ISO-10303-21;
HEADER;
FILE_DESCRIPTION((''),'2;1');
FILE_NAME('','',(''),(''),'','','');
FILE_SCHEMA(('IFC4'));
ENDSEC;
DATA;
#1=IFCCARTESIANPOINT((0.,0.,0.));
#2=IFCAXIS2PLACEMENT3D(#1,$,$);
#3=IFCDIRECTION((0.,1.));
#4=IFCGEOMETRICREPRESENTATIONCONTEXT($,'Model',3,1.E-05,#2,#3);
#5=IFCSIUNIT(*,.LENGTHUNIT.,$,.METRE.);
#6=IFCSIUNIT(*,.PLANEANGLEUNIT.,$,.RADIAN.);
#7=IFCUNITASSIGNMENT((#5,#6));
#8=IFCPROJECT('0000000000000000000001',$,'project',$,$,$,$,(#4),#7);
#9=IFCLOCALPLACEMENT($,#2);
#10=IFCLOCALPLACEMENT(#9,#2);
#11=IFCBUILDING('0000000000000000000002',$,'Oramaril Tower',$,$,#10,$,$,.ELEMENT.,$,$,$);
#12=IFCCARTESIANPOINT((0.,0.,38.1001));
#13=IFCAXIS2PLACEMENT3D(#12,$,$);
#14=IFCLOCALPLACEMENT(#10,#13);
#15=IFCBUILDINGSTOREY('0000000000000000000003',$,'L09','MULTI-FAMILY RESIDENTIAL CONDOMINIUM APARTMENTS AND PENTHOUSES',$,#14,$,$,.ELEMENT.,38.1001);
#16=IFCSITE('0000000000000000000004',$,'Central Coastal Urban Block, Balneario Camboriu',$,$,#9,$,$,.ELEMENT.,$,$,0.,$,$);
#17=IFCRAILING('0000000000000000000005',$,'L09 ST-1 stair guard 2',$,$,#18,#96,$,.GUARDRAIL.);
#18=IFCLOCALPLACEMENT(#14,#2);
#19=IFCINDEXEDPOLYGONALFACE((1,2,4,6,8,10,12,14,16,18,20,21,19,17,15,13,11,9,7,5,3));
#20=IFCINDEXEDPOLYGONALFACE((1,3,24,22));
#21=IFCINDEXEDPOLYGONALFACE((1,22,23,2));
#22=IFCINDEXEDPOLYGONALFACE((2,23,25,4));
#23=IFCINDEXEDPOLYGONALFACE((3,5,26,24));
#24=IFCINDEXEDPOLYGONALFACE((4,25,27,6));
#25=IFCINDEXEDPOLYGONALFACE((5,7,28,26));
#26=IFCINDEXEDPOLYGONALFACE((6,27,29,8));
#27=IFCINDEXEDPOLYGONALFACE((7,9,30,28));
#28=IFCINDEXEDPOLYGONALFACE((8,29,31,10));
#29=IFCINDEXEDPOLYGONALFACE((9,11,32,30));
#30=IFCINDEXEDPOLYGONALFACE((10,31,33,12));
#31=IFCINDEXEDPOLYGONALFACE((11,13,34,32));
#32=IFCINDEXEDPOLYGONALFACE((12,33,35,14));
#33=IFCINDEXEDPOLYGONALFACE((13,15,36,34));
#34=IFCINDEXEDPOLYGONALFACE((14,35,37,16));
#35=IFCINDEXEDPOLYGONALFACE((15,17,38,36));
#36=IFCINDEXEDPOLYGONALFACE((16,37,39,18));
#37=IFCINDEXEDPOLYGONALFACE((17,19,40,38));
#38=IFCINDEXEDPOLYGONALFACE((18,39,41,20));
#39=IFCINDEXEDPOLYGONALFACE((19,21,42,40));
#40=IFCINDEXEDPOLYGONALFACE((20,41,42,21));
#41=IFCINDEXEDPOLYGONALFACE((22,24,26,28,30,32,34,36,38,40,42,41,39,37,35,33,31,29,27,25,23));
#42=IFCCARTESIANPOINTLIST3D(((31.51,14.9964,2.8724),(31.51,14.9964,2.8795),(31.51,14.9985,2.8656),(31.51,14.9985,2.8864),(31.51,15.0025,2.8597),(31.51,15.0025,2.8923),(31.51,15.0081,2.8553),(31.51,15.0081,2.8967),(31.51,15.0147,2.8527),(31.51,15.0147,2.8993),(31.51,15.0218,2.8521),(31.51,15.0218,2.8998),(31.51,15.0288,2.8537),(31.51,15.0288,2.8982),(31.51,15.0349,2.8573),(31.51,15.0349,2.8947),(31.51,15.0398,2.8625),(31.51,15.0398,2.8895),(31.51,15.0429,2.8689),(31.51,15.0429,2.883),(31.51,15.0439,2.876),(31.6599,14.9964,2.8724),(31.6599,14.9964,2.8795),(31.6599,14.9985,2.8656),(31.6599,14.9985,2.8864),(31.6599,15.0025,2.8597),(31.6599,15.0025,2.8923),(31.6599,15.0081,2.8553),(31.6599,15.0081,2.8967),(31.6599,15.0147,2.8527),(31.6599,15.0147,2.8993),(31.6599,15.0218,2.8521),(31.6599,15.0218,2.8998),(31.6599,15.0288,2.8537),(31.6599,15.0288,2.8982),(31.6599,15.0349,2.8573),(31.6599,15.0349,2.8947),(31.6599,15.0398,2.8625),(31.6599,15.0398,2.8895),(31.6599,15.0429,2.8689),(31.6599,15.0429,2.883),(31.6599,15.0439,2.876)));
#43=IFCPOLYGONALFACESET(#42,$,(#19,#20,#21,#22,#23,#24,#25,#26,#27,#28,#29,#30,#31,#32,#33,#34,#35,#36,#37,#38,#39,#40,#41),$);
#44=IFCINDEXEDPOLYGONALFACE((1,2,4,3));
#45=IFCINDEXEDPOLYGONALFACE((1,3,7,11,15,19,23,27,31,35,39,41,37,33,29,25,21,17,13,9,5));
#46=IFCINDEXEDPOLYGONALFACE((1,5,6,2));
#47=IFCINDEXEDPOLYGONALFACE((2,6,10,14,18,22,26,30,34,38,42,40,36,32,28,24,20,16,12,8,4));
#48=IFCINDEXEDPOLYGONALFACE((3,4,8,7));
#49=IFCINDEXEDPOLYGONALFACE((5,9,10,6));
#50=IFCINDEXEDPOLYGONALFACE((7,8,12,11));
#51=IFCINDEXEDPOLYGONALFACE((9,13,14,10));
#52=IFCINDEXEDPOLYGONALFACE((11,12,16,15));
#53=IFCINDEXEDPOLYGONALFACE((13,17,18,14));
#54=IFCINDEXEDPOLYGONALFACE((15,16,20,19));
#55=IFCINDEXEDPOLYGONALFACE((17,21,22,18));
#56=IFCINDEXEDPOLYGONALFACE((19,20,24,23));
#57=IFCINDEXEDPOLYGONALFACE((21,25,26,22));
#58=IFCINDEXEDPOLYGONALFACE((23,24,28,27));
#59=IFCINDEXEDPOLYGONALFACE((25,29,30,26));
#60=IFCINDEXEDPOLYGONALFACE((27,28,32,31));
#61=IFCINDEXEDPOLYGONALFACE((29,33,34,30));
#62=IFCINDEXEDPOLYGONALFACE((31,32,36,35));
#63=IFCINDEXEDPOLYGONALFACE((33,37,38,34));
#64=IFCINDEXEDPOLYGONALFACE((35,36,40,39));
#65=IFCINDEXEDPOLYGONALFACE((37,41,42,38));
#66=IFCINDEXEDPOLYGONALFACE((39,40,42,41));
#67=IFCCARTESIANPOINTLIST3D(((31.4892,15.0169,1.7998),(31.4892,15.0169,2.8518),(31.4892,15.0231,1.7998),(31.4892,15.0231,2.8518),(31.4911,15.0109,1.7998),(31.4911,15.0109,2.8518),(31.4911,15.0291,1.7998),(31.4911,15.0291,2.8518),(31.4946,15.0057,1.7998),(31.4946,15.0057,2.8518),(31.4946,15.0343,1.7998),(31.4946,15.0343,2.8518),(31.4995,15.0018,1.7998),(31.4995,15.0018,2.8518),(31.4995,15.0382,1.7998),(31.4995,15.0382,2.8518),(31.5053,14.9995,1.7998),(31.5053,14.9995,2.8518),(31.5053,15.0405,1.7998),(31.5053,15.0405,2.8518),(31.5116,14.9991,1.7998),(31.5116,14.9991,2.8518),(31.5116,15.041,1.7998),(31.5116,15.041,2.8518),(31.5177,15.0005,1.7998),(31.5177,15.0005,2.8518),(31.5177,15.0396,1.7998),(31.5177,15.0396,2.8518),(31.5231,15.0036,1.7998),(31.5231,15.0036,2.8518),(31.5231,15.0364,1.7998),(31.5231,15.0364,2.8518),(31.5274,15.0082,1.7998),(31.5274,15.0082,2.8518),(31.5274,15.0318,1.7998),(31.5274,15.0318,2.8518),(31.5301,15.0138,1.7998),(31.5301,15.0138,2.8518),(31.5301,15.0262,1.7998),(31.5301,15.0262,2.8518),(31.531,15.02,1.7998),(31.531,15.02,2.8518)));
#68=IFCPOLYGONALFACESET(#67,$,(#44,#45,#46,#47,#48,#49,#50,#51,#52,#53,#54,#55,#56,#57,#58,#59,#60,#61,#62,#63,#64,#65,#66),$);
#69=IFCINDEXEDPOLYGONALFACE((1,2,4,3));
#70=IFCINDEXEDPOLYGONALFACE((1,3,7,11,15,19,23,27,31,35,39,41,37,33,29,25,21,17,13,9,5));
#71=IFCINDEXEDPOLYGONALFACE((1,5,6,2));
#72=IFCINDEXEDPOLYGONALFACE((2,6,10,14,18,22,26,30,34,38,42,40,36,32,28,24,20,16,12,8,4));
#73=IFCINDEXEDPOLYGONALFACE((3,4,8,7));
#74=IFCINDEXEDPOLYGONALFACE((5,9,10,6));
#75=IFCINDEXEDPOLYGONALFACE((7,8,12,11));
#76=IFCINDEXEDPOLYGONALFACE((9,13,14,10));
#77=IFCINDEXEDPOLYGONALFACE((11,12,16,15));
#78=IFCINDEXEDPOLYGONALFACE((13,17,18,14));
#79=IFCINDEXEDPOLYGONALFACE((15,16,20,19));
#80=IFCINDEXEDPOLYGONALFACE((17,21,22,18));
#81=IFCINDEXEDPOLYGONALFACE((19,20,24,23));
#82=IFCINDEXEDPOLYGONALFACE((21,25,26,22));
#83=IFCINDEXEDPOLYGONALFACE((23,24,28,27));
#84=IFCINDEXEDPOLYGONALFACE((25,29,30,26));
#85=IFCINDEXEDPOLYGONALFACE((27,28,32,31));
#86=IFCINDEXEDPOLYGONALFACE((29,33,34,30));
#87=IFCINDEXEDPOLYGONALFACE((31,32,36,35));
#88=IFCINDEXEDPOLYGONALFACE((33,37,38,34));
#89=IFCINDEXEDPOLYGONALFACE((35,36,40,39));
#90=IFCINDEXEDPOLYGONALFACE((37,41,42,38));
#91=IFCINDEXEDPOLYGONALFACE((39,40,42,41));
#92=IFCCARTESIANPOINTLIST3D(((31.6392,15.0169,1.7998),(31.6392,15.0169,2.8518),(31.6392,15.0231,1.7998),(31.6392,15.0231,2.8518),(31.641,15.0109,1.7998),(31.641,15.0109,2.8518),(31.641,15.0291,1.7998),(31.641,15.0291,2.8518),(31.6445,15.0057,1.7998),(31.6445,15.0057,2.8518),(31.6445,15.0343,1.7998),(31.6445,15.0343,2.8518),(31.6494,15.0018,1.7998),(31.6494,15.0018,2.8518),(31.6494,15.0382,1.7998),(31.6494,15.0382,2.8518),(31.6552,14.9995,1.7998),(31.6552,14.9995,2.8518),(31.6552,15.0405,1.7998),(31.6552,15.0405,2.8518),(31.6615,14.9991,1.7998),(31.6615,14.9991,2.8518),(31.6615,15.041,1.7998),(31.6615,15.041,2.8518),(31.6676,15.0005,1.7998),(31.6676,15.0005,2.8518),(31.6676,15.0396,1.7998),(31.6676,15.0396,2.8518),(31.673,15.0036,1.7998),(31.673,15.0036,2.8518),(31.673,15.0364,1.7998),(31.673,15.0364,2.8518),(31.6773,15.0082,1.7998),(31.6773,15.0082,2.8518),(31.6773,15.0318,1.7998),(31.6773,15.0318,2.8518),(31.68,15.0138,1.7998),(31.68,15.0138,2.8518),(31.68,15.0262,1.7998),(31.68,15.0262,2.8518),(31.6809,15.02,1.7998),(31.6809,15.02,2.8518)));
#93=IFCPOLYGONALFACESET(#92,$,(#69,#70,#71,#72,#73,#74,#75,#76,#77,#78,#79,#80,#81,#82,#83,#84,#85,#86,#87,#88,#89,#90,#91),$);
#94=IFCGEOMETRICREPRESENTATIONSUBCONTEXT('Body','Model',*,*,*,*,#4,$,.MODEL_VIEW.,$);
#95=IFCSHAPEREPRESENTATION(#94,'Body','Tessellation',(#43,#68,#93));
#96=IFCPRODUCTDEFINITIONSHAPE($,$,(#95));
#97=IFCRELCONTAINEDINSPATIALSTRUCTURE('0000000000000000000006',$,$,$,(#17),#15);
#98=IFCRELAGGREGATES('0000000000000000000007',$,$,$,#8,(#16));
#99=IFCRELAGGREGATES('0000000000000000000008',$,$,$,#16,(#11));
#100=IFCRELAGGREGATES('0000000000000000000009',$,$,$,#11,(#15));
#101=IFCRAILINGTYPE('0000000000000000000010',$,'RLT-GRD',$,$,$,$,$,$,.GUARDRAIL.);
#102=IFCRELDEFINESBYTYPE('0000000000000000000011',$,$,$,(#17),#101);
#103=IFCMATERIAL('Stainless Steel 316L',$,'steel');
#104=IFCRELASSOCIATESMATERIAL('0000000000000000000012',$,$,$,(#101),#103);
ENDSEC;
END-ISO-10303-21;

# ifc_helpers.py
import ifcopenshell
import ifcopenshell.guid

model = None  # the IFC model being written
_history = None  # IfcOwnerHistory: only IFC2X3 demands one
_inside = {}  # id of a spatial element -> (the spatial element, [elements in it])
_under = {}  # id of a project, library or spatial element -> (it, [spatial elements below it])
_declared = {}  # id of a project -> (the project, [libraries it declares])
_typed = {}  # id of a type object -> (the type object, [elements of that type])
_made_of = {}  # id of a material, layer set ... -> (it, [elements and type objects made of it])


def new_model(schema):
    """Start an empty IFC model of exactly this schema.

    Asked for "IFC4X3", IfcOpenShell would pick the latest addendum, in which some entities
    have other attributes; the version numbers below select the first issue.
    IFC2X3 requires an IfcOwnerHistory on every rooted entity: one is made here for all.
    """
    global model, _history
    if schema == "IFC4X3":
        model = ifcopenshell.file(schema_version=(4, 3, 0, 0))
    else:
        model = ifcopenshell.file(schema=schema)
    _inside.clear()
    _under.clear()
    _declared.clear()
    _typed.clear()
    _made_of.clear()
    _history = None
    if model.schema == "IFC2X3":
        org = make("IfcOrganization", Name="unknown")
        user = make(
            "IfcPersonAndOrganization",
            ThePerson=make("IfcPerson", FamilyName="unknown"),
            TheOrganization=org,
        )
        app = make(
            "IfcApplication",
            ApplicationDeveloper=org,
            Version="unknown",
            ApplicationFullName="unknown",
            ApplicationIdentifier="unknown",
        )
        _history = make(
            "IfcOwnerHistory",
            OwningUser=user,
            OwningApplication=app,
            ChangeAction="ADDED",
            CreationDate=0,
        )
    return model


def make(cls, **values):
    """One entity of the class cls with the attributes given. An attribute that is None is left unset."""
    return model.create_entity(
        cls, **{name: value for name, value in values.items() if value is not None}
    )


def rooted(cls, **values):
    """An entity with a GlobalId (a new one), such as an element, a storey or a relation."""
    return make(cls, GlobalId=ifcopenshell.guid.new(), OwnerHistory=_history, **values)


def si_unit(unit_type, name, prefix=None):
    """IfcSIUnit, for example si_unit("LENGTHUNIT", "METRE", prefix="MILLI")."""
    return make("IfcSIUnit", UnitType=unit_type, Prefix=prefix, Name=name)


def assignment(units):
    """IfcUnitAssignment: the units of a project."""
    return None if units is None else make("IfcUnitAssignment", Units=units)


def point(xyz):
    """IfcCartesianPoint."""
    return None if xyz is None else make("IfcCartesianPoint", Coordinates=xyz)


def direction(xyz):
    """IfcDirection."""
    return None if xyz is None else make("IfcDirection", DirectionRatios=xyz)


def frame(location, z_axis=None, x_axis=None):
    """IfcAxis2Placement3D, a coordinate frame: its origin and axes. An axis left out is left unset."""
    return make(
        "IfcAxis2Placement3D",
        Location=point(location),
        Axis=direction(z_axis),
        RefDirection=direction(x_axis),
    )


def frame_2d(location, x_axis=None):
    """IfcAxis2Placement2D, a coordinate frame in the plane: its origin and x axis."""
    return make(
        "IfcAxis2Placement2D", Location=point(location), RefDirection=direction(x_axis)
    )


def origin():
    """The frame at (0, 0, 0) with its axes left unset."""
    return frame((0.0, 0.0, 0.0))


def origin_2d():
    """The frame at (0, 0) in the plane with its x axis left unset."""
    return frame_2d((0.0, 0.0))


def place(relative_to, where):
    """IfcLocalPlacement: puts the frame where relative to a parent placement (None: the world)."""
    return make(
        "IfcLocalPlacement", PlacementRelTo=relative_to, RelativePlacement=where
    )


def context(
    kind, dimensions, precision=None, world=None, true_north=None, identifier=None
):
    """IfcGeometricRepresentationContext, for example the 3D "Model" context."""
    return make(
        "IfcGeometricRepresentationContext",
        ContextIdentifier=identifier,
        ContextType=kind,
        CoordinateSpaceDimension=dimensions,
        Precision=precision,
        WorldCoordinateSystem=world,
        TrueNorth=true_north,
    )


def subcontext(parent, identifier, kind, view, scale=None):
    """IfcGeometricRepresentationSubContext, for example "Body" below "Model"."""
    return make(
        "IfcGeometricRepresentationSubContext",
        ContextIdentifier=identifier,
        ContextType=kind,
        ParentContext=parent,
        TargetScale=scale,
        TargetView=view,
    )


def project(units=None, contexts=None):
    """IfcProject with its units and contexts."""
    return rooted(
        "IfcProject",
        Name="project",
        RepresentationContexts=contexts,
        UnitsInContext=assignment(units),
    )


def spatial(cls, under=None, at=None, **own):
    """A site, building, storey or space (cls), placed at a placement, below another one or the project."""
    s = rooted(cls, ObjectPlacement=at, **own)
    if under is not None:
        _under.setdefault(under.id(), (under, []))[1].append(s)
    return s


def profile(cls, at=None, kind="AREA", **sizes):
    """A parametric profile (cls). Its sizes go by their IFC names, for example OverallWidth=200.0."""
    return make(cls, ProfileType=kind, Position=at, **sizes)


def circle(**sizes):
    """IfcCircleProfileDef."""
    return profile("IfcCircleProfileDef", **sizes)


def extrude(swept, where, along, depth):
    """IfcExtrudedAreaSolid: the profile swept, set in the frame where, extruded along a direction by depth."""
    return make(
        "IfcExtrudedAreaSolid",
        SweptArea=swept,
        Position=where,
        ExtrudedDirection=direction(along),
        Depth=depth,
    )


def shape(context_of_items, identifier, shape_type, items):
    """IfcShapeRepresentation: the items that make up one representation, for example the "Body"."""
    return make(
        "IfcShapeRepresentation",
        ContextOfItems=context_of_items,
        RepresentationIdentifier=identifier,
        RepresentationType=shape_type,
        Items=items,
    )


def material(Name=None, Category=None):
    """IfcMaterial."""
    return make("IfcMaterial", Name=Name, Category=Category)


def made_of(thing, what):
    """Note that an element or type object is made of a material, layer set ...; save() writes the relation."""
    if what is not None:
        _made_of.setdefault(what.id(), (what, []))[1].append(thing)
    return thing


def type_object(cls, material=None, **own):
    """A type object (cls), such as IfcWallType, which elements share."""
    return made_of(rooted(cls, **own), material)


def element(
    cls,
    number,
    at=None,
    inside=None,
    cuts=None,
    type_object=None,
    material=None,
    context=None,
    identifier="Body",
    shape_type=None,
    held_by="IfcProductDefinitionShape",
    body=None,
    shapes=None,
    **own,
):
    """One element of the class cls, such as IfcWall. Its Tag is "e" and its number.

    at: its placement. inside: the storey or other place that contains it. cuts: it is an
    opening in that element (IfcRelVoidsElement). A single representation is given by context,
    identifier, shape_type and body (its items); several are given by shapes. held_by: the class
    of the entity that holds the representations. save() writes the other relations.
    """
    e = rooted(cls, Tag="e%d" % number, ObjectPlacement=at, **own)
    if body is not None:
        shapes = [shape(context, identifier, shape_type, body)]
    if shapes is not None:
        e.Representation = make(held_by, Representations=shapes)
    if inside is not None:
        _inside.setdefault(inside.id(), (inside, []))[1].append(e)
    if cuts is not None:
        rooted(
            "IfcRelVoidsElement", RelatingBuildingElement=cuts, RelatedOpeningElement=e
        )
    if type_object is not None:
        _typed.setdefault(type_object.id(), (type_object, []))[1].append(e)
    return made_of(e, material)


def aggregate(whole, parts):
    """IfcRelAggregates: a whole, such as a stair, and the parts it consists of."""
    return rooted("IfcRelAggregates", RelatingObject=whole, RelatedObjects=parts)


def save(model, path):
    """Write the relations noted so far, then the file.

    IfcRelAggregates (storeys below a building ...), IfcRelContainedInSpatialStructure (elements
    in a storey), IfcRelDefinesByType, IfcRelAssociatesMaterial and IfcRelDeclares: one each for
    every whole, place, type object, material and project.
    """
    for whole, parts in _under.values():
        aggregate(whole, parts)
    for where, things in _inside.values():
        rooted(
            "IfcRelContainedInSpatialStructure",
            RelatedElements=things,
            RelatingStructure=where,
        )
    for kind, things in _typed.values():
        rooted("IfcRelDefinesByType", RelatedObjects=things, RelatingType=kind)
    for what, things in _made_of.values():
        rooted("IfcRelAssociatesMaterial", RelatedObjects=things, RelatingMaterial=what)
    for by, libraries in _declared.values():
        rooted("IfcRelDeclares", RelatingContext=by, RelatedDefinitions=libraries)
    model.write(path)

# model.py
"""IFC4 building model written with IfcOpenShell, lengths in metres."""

from ifc_helpers import new_model, si_unit, direction, frame, origin, origin_2d, place, context, subcontext, project, spatial, circle, extrude, material, type_object, element, save


model = new_model("IFC4")

# Units and contexts
model_context = context("Model", 3, precision=1e-05, world=origin(), true_north=direction((0.0, 1.0)))
body_context = subcontext(model_context, "Body", "Model", "MODEL_VIEW")
ifc_project = project(units=[si_unit("LENGTHUNIT", "METRE"), si_unit("PLANEANGLEUNIT", "RADIAN")], contexts=[model_context])

# Site, building, storey
site_placement = place(None, origin())
site = spatial("IfcSite", under=ifc_project, at=site_placement, Name="Central Coastal Urban Block, Balneario Camboriu", CompositionType="ELEMENT", RefElevation=0.0)
building_placement = place(site_placement, origin())
building = spatial("IfcBuilding", under=site, at=building_placement, Name="Oramaril Tower", CompositionType="ELEMENT")
storey_placement = place(building_placement, frame((0.0, 0.0, 38.1001)))
storey = spatial("IfcBuildingStorey", under=building, at=storey_placement, Name="L09", Description="MULTI-FAMILY RESIDENTIAL CONDOMINIUM APARTMENTS AND PENTHOUSES", CompositionType="ELEMENT", Elevation=38.1001)

# Railing
ifc_material_1 = material(Name="Stainless Steel 316L", Category="steel")
railing_type_1 = type_object("IfcRailingType", Name="RLT-GRD", PredefinedType="GUARDRAIL", material=ifc_material_1)
railing_1_placement = place(storey_placement, frame((31.51, 15.02, 1.7998)))
element("IfcRailing", 1, at=railing_1_placement, inside=storey, type_object=railing_type_1, Name="L09 ST-1 stair guard 2", PredefinedType="GUARDRAIL", context=body_context, shape_type="SweptSolid", body=[
    extrude(circle(Radius=0.0239, at=origin_2d()), frame((0.0, 0.0, 1.0762), z_axis=(1.0, 0.0, 0.0), x_axis=(0.0, 1.0, 0.0)), (0.0, 0.0, 1.0), 0.1499),
    extrude(circle(Radius=0.021, at=origin_2d()), origin(), (0.0, 0.0, 1.0), 1.052),
    extrude(circle(Radius=0.021, at=origin_2d()), frame((0.1499, 0.0, 0.0)), (0.0, 0.0, 1.0), 1.052),
])

save(model, "model.ifc")
